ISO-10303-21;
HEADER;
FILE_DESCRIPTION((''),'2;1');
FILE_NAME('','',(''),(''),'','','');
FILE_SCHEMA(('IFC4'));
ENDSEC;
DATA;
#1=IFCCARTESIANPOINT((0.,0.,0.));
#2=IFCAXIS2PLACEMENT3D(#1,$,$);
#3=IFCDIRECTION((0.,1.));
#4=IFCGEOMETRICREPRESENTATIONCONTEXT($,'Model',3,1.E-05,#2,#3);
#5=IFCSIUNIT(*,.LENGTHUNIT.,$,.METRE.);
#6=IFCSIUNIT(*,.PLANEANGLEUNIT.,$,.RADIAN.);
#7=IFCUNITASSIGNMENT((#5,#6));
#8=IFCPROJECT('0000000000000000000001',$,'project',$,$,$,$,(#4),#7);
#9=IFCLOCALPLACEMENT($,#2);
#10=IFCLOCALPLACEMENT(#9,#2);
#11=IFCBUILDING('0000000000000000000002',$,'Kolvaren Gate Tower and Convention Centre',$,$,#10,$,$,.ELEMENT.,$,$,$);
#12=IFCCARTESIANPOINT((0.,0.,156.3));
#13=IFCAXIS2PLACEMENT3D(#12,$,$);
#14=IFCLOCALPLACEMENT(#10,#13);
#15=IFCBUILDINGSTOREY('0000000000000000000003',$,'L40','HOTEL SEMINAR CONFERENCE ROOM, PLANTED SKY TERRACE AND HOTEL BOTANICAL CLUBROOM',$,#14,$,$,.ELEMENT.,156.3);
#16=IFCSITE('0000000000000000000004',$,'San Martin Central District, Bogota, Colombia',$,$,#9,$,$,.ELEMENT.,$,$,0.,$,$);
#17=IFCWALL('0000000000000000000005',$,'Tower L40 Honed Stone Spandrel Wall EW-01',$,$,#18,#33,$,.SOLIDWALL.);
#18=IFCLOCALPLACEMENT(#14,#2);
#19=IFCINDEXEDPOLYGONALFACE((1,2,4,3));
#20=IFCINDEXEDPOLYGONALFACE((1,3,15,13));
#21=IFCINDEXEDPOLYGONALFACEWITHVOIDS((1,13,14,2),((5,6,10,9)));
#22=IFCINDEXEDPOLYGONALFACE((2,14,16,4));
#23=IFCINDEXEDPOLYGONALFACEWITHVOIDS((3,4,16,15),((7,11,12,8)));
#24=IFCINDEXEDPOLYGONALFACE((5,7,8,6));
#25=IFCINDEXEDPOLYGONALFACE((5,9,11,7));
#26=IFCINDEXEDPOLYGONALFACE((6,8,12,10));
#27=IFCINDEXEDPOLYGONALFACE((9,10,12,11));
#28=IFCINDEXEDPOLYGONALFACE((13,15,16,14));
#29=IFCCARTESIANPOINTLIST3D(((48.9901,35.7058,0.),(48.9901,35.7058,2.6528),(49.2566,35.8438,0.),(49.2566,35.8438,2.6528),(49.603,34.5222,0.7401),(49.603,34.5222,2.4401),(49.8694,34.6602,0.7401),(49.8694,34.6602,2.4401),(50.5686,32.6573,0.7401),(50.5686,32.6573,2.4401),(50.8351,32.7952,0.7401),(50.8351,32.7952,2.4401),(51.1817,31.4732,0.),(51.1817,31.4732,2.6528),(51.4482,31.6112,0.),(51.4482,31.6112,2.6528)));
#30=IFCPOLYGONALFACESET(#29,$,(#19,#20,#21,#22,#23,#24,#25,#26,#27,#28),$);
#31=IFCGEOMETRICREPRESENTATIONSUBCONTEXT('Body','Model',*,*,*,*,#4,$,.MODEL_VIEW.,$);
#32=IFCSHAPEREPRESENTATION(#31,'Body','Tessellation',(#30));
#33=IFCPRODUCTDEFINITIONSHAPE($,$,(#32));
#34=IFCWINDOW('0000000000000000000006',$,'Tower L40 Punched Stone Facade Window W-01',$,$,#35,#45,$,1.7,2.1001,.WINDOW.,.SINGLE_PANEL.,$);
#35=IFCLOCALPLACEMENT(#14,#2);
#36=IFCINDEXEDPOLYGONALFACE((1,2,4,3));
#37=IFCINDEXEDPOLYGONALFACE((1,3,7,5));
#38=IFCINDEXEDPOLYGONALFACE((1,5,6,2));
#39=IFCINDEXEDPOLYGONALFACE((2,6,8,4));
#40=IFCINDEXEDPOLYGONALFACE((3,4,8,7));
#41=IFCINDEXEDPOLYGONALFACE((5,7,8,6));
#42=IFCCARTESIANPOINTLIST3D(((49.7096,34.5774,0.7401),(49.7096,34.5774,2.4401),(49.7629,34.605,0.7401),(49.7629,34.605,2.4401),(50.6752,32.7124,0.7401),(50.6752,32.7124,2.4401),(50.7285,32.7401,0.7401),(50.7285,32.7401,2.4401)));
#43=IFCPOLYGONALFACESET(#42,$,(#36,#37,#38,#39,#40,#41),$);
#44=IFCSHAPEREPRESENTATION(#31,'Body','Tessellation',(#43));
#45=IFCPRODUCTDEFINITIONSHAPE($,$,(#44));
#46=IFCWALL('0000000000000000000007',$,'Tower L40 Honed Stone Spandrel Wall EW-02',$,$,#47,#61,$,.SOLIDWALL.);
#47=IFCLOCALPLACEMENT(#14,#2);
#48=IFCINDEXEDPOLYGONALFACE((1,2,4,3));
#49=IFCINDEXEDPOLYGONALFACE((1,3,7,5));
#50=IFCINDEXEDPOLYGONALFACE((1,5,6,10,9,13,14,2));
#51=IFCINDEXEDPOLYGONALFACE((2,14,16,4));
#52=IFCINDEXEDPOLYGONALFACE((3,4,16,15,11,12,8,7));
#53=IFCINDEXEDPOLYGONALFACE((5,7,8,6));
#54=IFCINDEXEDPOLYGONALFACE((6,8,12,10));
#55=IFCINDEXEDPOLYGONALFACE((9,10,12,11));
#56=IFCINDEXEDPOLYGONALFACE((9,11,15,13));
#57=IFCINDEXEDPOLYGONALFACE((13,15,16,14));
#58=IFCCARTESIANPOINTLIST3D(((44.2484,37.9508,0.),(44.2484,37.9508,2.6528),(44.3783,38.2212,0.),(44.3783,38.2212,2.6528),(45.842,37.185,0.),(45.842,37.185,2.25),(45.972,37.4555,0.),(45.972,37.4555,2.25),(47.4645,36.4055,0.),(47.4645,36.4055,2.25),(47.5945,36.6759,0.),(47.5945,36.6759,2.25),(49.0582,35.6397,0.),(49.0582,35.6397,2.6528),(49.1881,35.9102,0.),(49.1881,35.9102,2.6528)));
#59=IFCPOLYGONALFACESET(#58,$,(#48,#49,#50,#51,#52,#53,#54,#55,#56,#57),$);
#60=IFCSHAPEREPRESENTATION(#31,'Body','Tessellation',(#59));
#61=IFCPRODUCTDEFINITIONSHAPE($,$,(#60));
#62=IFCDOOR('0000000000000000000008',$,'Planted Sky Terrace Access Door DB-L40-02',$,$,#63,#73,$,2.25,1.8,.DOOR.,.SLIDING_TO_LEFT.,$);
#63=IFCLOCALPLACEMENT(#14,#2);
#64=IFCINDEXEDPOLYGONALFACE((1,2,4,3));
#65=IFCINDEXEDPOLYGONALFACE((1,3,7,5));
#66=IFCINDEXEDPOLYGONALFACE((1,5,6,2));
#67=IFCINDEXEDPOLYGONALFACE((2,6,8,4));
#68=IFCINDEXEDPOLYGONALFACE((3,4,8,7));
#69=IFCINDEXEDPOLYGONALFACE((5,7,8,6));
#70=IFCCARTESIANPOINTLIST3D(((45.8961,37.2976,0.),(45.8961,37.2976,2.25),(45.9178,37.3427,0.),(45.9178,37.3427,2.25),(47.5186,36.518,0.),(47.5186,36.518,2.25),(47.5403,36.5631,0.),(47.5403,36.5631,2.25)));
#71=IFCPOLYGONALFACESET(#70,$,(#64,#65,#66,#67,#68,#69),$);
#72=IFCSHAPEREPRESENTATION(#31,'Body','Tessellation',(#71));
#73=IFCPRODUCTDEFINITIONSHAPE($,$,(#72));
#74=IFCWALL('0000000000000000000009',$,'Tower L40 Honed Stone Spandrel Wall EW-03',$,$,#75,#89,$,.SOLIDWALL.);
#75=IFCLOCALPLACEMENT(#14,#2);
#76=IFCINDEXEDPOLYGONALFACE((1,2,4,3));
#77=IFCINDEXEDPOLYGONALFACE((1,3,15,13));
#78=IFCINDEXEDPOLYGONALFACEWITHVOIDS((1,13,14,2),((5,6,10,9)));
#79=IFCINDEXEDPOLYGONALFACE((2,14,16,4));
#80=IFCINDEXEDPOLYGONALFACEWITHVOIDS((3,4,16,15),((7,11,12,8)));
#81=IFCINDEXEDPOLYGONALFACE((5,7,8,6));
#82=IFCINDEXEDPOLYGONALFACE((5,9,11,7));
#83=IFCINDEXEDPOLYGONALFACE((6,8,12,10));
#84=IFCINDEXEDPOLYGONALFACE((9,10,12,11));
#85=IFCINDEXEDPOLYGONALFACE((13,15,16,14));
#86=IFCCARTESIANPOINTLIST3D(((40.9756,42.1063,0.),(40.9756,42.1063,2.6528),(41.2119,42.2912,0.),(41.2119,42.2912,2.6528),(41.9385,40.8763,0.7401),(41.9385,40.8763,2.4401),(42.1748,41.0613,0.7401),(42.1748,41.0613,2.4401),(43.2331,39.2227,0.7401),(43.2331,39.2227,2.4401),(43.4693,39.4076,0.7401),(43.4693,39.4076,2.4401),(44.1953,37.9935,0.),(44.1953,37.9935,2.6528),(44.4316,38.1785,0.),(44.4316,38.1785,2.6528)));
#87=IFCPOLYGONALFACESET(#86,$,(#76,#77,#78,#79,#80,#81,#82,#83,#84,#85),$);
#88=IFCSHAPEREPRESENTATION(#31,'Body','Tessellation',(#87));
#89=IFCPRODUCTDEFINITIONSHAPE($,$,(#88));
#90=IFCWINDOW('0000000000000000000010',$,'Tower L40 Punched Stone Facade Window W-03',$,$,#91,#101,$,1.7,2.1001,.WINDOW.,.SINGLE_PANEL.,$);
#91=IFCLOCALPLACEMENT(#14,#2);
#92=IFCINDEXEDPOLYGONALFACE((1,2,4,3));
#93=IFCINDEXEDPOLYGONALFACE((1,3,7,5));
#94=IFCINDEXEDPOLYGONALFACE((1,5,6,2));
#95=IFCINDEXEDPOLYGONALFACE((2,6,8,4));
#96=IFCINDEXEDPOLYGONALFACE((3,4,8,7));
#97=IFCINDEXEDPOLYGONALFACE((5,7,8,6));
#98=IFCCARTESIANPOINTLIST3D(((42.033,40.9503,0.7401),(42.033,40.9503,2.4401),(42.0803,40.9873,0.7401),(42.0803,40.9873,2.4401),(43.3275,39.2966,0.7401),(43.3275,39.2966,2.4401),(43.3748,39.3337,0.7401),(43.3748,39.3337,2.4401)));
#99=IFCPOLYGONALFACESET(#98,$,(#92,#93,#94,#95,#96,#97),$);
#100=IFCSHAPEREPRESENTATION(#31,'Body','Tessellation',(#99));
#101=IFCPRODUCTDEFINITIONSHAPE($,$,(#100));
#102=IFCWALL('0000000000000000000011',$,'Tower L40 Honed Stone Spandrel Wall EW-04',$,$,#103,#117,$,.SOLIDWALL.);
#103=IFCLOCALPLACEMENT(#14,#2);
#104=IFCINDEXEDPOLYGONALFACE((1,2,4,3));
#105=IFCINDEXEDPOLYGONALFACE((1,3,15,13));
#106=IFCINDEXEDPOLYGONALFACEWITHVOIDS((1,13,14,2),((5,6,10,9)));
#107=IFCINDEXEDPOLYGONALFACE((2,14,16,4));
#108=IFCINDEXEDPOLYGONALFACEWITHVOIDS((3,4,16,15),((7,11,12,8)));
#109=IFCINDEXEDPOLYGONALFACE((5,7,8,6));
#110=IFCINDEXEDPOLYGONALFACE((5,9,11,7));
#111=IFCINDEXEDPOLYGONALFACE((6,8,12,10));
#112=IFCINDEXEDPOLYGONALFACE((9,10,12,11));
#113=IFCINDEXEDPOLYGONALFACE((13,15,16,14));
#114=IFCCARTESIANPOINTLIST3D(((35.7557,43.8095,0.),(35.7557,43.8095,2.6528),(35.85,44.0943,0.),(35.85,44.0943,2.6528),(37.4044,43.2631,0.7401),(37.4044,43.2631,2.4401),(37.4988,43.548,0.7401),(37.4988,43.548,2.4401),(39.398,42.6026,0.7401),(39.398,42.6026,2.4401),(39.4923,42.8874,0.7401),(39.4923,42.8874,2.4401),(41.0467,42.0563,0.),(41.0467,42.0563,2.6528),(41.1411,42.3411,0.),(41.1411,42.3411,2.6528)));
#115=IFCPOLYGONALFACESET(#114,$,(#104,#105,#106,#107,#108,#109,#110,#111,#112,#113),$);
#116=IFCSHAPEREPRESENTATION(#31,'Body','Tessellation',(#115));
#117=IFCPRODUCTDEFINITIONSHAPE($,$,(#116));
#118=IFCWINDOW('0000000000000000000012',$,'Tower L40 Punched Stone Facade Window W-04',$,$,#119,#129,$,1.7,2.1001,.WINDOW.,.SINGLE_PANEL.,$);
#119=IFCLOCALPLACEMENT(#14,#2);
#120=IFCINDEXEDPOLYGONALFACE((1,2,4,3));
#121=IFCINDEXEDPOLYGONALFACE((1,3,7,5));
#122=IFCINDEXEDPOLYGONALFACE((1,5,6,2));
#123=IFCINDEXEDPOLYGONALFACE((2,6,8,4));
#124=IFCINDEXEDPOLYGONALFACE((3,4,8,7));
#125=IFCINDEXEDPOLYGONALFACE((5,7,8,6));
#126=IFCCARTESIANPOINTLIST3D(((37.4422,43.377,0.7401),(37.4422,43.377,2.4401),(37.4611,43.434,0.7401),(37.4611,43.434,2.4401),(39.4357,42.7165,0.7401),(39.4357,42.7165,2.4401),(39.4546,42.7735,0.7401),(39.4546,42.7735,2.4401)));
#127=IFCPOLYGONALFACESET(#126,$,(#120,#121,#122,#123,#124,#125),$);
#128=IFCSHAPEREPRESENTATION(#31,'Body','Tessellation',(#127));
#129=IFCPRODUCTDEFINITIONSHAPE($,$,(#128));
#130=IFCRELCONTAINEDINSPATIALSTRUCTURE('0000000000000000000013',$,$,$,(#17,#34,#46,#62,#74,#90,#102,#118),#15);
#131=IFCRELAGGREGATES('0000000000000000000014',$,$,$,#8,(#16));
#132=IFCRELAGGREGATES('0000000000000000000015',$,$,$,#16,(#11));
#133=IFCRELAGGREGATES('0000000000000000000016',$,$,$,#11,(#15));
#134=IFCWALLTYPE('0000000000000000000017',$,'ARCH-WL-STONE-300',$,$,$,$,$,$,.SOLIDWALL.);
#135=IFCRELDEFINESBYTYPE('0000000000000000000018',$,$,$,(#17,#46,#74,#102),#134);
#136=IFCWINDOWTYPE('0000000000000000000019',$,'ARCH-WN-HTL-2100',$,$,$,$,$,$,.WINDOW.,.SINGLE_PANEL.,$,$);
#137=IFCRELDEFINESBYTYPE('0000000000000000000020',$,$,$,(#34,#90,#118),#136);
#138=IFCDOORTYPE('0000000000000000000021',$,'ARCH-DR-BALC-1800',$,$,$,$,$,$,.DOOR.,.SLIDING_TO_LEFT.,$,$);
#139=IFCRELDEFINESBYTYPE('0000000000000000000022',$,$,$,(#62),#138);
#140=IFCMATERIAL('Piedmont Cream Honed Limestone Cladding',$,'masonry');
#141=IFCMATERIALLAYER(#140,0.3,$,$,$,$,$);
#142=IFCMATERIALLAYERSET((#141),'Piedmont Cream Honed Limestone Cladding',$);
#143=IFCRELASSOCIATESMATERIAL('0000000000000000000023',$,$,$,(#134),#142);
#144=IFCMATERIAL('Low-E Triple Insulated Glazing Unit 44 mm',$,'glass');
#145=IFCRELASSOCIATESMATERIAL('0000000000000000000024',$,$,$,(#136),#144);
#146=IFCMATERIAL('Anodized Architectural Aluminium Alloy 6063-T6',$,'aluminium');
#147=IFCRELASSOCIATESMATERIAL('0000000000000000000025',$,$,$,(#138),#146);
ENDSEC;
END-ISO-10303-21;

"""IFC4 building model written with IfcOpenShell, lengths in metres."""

from ifc_helpers import new_model, si_unit, direction, frame, frame_2d, origin, place, context, subcontext, project, spatial, rectangle, extrude, material, layer, layer_set, type_object, element, fill, save


model = new_model("IFC4")

# Units and contexts
model_context = context("Model", 3, precision=1e-05, world=origin(), true_north=direction((0.0, 1.0)))
body_context = subcontext(model_context, "Body", "Model", "MODEL_VIEW")
ifc_project = project(units=[si_unit("LENGTHUNIT", "METRE"), si_unit("PLANEANGLEUNIT", "RADIAN")], contexts=[model_context])

# Site, building, storey
site_placement = place(None, origin())
site = spatial("IfcSite", under=ifc_project, at=site_placement, Name="San Martin Central District, Bogota, Colombia", CompositionType="ELEMENT", RefElevation=0.0)
building_placement = place(site_placement, origin())
building = spatial("IfcBuilding", under=site, at=building_placement, Name="Kolvaren Gate Tower and Convention Centre", CompositionType="ELEMENT")
storey_placement = place(building_placement, frame((0.0, 0.0, 156.3)))
storey = spatial("IfcBuildingStorey", under=building, at=storey_placement, Name="L40", Description="HOTEL SEMINAR CONFERENCE ROOM, PLANTED SKY TERRACE AND HOTEL BOTANICAL CLUBROOM", CompositionType="ELEMENT", Elevation=156.3)

# Shared definitions
ifc_material_1 = material(Name="Piedmont Cream Honed Limestone Cladding", Category="masonry")

# Wall, opening, window
ifc_layer_1 = layer(ifc_material_1, 0.3)
ifc_layer_set_1 = layer_set([ifc_layer_1], Name="Piedmont Cream Honed Limestone Cladding")
wall_type_1 = type_object("IfcWallType", Name="ARCH-WL-STONE-300", PredefinedType="SOLIDWALL", material=ifc_layer_set_1)
wall_1_placement = place(storey_placement, frame((49.1233, 35.7749, 0.0), z_axis=(0.0, 0.0, 1.0), x_axis=(0.45981, -0.888017, 0.0)))
wall_1 = element("IfcWall", 1, at=wall_1_placement, inside=storey, type_object=wall_type_1, Name="Tower L40 Honed Stone Spandrel Wall EW-01", PredefinedType="SOLIDWALL", context=body_context, shape_type="SweptSolid", body=[
    extrude(rectangle(XDim=4.7664, YDim=0.3, at=frame_2d((2.3833, 0.0))), origin(), (0.0, 0.0, 1.0), 2.6528),
])
opening_1_placement = place(wall_1_placement, frame((1.333, 0.0, 0.74)))
opening_1 = element("IfcOpeningElement", 2, at=opening_1_placement, cuts=wall_1, PredefinedType="OPENING", context=body_context, shape_type="SweptSolid", body=[
    extrude(rectangle(XDim=2.1001, YDim=1.7, at=frame_2d((1.05, 0.8501))), frame((0.0, 0.1599, 0.0), z_axis=(0.0, -1.0, 0.0), x_axis=(1.0, 0.0, 0.0)), (0.0, 0.0, 1.0), 0.3201),
])
ifc_material_2 = material(Name="Low-E Triple Insulated Glazing Unit 44 mm", Category="glass")
window_type = type_object("IfcWindowType", Name="ARCH-WN-HTL-2100", PartitioningType="SINGLE_PANEL", PredefinedType="WINDOW", material=ifc_material_2)
window_1_placement = place(opening_1_placement, origin())
window_1 = element("IfcWindow", 3, at=window_1_placement, inside=storey, type_object=window_type, Name="Tower L40 Punched Stone Facade Window W-01", OverallHeight=1.7, OverallWidth=2.1001, PartitioningType="SINGLE_PANEL", PredefinedType="WINDOW", context=body_context, shape_type="SweptSolid", body=[
    extrude(rectangle(XDim=2.1001, YDim=1.7, at=frame_2d((1.05, 0.8501))), frame((0.0, 0.03, 0.0), z_axis=(0.0, -1.0, 0.0), x_axis=(1.0, 0.0, 0.0)), (0.0, 0.0, 1.0), 0.0601),
])
fill(opening_1, window_1)

# Wall, opening, door
wall_2_placement = place(storey_placement, frame((44.3135, 38.0859, 0.0), z_axis=(0.0, 0.0, 1.0), x_axis=(0.901353, -0.433085, 0.0)))
wall_2 = element("IfcWall", 4, at=wall_2_placement, inside=storey, type_object=wall_type_1, Name="Tower L40 Honed Stone Spandrel Wall EW-02", PredefinedType="SOLIDWALL", context=body_context, shape_type="SweptSolid", body=[
    extrude(rectangle(XDim=5.3362, YDim=0.3, at=frame_2d((2.668, 0.0))), origin(), (0.0, 0.0, 1.0), 2.6528),
])
opening_2_placement = place(wall_2_placement, frame((1.7681, 0.0, 0.0)))
opening_2 = element("IfcOpeningElement", 5, at=opening_2_placement, cuts=wall_2, PredefinedType="OPENING", context=body_context, shape_type="SweptSolid", body=[
    extrude(rectangle(XDim=1.8, YDim=2.25, at=frame_2d((0.8999, 1.125))), frame((0.0, 0.1599, 0.0), z_axis=(0.0, -1.0, 0.0), x_axis=(1.0, 0.0, 0.0)), (0.0, 0.0, 1.0), 0.3201),
])
ifc_material_3 = material(Name="Anodized Architectural Aluminium Alloy 6063-T6", Category="aluminium")
door_type = type_object("IfcDoorType", Name="ARCH-DR-BALC-1800", OperationType="SLIDING_TO_LEFT", PredefinedType="DOOR", material=ifc_material_3)
door_placement = place(opening_2_placement, origin())
door = element("IfcDoor", 6, at=door_placement, inside=storey, type_object=door_type, Name="Planted Sky Terrace Access Door DB-L40-02", OperationType="SLIDING_TO_LEFT", OverallHeight=2.25, OverallWidth=1.8, PredefinedType="DOOR", context=body_context, shape_type="SweptSolid", body=[
    extrude(rectangle(XDim=1.8, YDim=2.25, at=frame_2d((0.8999, 1.125))), frame((0.0, 0.0249, 0.0), z_axis=(0.0, -1.0, 0.0), x_axis=(1.0, 0.0, 0.0)), (0.0, 0.0, 1.0), 0.05),
])
fill(opening_2, door)

# Walls, openings, windows
wall_3_placement = place(storey_placement, frame((41.0938, 42.1987, 0.0), z_axis=(0.0, 0.0, 1.0), x_axis=(0.616429, -0.78741, 0.0)))
wall_3 = element("IfcWall", 7, at=wall_3_placement, inside=storey, type_object=wall_type_1, Name="Tower L40 Honed Stone Spandrel Wall EW-03", PredefinedType="SOLIDWALL", context=body_context, shape_type="SweptSolid", body=[
    extrude(rectangle(XDim=5.2231, YDim=0.3, at=frame_2d((2.6116, 0.0))), origin(), (0.0, 0.0, 1.0), 2.6528),
])
opening_3_placement = place(wall_3_placement, frame((1.562, 0.0, 0.74)))
opening_3 = element("IfcOpeningElement", 8, at=opening_3_placement, cuts=wall_3, PredefinedType="OPENING", context=body_context, shape_type="SweptSolid", body=[
    extrude(rectangle(XDim=2.1001, YDim=1.7, at=frame_2d((1.05, 0.8501))), frame((0.0, 0.1599, 0.0), z_axis=(0.0, -1.0, 0.0), x_axis=(1.0, 0.0, 0.0)), (0.0, 0.0, 1.0), 0.3201),
])
window_2_placement = place(opening_3_placement, origin())
window_2 = element("IfcWindow", 9, at=window_2_placement, inside=storey, type_object=window_type, Name="Tower L40 Punched Stone Facade Window W-03", OverallHeight=1.7, OverallWidth=2.1001, PartitioningType="SINGLE_PANEL", PredefinedType="WINDOW", context=body_context, shape_type="SweptSolid", body=[
    extrude(rectangle(XDim=2.1001, YDim=1.7, at=frame_2d((1.05, 0.8501))), frame((0.0, 0.03, 0.0), z_axis=(0.0, -1.0, 0.0), x_axis=(1.0, 0.0, 0.0)), (0.0, 0.0, 1.0), 0.0601),
])
fill(opening_3, window_2)
wall_4_placement = place(storey_placement, frame((35.8027, 43.9519, 0.0), z_axis=(0.0, 0.0, 1.0), x_axis=(0.949247, -0.314532, 0.0)))
wall_4 = element("IfcWall", 10, at=wall_4_placement, inside=storey, type_object=wall_type_1, Name="Tower L40 Honed Stone Spandrel Wall EW-04", PredefinedType="SOLIDWALL", context=body_context, shape_type="SweptSolid", body=[
    extrude(rectangle(XDim=5.574, YDim=0.3, at=frame_2d((2.7871, 0.0))), origin(), (0.0, 0.0, 1.0), 2.6528),
])
opening_4_placement = place(wall_4_placement, frame((1.7371, 0.0, 0.74)))
opening_4 = element("IfcOpeningElement", 11, at=opening_4_placement, cuts=wall_4, PredefinedType="OPENING", context=body_context, shape_type="SweptSolid", body=[
    extrude(rectangle(XDim=2.1001, YDim=1.7, at=frame_2d((1.05, 0.8501))), frame((0.0, 0.1599, 0.0), z_axis=(0.0, -1.0, 0.0), x_axis=(1.0, 0.0, 0.0)), (0.0, 0.0, 1.0), 0.3201),
])
window_3_placement = place(opening_4_placement, origin())
window_3 = element("IfcWindow", 12, at=window_3_placement, inside=storey, type_object=window_type, Name="Tower L40 Punched Stone Facade Window W-04", OverallHeight=1.7, OverallWidth=2.1001, PartitioningType="SINGLE_PANEL", PredefinedType="WINDOW", context=body_context, shape_type="SweptSolid", body=[
    extrude(rectangle(XDim=2.1001, YDim=1.7, at=frame_2d((1.05, 0.8501))), frame((0.0, 0.03, 0.0), z_axis=(0.0, -1.0, 0.0), x_axis=(1.0, 0.0, 0.0)), (0.0, 0.0, 1.0), 0.0601),
])
fill(opening_4, window_3)

save(model, "model.ifc")
